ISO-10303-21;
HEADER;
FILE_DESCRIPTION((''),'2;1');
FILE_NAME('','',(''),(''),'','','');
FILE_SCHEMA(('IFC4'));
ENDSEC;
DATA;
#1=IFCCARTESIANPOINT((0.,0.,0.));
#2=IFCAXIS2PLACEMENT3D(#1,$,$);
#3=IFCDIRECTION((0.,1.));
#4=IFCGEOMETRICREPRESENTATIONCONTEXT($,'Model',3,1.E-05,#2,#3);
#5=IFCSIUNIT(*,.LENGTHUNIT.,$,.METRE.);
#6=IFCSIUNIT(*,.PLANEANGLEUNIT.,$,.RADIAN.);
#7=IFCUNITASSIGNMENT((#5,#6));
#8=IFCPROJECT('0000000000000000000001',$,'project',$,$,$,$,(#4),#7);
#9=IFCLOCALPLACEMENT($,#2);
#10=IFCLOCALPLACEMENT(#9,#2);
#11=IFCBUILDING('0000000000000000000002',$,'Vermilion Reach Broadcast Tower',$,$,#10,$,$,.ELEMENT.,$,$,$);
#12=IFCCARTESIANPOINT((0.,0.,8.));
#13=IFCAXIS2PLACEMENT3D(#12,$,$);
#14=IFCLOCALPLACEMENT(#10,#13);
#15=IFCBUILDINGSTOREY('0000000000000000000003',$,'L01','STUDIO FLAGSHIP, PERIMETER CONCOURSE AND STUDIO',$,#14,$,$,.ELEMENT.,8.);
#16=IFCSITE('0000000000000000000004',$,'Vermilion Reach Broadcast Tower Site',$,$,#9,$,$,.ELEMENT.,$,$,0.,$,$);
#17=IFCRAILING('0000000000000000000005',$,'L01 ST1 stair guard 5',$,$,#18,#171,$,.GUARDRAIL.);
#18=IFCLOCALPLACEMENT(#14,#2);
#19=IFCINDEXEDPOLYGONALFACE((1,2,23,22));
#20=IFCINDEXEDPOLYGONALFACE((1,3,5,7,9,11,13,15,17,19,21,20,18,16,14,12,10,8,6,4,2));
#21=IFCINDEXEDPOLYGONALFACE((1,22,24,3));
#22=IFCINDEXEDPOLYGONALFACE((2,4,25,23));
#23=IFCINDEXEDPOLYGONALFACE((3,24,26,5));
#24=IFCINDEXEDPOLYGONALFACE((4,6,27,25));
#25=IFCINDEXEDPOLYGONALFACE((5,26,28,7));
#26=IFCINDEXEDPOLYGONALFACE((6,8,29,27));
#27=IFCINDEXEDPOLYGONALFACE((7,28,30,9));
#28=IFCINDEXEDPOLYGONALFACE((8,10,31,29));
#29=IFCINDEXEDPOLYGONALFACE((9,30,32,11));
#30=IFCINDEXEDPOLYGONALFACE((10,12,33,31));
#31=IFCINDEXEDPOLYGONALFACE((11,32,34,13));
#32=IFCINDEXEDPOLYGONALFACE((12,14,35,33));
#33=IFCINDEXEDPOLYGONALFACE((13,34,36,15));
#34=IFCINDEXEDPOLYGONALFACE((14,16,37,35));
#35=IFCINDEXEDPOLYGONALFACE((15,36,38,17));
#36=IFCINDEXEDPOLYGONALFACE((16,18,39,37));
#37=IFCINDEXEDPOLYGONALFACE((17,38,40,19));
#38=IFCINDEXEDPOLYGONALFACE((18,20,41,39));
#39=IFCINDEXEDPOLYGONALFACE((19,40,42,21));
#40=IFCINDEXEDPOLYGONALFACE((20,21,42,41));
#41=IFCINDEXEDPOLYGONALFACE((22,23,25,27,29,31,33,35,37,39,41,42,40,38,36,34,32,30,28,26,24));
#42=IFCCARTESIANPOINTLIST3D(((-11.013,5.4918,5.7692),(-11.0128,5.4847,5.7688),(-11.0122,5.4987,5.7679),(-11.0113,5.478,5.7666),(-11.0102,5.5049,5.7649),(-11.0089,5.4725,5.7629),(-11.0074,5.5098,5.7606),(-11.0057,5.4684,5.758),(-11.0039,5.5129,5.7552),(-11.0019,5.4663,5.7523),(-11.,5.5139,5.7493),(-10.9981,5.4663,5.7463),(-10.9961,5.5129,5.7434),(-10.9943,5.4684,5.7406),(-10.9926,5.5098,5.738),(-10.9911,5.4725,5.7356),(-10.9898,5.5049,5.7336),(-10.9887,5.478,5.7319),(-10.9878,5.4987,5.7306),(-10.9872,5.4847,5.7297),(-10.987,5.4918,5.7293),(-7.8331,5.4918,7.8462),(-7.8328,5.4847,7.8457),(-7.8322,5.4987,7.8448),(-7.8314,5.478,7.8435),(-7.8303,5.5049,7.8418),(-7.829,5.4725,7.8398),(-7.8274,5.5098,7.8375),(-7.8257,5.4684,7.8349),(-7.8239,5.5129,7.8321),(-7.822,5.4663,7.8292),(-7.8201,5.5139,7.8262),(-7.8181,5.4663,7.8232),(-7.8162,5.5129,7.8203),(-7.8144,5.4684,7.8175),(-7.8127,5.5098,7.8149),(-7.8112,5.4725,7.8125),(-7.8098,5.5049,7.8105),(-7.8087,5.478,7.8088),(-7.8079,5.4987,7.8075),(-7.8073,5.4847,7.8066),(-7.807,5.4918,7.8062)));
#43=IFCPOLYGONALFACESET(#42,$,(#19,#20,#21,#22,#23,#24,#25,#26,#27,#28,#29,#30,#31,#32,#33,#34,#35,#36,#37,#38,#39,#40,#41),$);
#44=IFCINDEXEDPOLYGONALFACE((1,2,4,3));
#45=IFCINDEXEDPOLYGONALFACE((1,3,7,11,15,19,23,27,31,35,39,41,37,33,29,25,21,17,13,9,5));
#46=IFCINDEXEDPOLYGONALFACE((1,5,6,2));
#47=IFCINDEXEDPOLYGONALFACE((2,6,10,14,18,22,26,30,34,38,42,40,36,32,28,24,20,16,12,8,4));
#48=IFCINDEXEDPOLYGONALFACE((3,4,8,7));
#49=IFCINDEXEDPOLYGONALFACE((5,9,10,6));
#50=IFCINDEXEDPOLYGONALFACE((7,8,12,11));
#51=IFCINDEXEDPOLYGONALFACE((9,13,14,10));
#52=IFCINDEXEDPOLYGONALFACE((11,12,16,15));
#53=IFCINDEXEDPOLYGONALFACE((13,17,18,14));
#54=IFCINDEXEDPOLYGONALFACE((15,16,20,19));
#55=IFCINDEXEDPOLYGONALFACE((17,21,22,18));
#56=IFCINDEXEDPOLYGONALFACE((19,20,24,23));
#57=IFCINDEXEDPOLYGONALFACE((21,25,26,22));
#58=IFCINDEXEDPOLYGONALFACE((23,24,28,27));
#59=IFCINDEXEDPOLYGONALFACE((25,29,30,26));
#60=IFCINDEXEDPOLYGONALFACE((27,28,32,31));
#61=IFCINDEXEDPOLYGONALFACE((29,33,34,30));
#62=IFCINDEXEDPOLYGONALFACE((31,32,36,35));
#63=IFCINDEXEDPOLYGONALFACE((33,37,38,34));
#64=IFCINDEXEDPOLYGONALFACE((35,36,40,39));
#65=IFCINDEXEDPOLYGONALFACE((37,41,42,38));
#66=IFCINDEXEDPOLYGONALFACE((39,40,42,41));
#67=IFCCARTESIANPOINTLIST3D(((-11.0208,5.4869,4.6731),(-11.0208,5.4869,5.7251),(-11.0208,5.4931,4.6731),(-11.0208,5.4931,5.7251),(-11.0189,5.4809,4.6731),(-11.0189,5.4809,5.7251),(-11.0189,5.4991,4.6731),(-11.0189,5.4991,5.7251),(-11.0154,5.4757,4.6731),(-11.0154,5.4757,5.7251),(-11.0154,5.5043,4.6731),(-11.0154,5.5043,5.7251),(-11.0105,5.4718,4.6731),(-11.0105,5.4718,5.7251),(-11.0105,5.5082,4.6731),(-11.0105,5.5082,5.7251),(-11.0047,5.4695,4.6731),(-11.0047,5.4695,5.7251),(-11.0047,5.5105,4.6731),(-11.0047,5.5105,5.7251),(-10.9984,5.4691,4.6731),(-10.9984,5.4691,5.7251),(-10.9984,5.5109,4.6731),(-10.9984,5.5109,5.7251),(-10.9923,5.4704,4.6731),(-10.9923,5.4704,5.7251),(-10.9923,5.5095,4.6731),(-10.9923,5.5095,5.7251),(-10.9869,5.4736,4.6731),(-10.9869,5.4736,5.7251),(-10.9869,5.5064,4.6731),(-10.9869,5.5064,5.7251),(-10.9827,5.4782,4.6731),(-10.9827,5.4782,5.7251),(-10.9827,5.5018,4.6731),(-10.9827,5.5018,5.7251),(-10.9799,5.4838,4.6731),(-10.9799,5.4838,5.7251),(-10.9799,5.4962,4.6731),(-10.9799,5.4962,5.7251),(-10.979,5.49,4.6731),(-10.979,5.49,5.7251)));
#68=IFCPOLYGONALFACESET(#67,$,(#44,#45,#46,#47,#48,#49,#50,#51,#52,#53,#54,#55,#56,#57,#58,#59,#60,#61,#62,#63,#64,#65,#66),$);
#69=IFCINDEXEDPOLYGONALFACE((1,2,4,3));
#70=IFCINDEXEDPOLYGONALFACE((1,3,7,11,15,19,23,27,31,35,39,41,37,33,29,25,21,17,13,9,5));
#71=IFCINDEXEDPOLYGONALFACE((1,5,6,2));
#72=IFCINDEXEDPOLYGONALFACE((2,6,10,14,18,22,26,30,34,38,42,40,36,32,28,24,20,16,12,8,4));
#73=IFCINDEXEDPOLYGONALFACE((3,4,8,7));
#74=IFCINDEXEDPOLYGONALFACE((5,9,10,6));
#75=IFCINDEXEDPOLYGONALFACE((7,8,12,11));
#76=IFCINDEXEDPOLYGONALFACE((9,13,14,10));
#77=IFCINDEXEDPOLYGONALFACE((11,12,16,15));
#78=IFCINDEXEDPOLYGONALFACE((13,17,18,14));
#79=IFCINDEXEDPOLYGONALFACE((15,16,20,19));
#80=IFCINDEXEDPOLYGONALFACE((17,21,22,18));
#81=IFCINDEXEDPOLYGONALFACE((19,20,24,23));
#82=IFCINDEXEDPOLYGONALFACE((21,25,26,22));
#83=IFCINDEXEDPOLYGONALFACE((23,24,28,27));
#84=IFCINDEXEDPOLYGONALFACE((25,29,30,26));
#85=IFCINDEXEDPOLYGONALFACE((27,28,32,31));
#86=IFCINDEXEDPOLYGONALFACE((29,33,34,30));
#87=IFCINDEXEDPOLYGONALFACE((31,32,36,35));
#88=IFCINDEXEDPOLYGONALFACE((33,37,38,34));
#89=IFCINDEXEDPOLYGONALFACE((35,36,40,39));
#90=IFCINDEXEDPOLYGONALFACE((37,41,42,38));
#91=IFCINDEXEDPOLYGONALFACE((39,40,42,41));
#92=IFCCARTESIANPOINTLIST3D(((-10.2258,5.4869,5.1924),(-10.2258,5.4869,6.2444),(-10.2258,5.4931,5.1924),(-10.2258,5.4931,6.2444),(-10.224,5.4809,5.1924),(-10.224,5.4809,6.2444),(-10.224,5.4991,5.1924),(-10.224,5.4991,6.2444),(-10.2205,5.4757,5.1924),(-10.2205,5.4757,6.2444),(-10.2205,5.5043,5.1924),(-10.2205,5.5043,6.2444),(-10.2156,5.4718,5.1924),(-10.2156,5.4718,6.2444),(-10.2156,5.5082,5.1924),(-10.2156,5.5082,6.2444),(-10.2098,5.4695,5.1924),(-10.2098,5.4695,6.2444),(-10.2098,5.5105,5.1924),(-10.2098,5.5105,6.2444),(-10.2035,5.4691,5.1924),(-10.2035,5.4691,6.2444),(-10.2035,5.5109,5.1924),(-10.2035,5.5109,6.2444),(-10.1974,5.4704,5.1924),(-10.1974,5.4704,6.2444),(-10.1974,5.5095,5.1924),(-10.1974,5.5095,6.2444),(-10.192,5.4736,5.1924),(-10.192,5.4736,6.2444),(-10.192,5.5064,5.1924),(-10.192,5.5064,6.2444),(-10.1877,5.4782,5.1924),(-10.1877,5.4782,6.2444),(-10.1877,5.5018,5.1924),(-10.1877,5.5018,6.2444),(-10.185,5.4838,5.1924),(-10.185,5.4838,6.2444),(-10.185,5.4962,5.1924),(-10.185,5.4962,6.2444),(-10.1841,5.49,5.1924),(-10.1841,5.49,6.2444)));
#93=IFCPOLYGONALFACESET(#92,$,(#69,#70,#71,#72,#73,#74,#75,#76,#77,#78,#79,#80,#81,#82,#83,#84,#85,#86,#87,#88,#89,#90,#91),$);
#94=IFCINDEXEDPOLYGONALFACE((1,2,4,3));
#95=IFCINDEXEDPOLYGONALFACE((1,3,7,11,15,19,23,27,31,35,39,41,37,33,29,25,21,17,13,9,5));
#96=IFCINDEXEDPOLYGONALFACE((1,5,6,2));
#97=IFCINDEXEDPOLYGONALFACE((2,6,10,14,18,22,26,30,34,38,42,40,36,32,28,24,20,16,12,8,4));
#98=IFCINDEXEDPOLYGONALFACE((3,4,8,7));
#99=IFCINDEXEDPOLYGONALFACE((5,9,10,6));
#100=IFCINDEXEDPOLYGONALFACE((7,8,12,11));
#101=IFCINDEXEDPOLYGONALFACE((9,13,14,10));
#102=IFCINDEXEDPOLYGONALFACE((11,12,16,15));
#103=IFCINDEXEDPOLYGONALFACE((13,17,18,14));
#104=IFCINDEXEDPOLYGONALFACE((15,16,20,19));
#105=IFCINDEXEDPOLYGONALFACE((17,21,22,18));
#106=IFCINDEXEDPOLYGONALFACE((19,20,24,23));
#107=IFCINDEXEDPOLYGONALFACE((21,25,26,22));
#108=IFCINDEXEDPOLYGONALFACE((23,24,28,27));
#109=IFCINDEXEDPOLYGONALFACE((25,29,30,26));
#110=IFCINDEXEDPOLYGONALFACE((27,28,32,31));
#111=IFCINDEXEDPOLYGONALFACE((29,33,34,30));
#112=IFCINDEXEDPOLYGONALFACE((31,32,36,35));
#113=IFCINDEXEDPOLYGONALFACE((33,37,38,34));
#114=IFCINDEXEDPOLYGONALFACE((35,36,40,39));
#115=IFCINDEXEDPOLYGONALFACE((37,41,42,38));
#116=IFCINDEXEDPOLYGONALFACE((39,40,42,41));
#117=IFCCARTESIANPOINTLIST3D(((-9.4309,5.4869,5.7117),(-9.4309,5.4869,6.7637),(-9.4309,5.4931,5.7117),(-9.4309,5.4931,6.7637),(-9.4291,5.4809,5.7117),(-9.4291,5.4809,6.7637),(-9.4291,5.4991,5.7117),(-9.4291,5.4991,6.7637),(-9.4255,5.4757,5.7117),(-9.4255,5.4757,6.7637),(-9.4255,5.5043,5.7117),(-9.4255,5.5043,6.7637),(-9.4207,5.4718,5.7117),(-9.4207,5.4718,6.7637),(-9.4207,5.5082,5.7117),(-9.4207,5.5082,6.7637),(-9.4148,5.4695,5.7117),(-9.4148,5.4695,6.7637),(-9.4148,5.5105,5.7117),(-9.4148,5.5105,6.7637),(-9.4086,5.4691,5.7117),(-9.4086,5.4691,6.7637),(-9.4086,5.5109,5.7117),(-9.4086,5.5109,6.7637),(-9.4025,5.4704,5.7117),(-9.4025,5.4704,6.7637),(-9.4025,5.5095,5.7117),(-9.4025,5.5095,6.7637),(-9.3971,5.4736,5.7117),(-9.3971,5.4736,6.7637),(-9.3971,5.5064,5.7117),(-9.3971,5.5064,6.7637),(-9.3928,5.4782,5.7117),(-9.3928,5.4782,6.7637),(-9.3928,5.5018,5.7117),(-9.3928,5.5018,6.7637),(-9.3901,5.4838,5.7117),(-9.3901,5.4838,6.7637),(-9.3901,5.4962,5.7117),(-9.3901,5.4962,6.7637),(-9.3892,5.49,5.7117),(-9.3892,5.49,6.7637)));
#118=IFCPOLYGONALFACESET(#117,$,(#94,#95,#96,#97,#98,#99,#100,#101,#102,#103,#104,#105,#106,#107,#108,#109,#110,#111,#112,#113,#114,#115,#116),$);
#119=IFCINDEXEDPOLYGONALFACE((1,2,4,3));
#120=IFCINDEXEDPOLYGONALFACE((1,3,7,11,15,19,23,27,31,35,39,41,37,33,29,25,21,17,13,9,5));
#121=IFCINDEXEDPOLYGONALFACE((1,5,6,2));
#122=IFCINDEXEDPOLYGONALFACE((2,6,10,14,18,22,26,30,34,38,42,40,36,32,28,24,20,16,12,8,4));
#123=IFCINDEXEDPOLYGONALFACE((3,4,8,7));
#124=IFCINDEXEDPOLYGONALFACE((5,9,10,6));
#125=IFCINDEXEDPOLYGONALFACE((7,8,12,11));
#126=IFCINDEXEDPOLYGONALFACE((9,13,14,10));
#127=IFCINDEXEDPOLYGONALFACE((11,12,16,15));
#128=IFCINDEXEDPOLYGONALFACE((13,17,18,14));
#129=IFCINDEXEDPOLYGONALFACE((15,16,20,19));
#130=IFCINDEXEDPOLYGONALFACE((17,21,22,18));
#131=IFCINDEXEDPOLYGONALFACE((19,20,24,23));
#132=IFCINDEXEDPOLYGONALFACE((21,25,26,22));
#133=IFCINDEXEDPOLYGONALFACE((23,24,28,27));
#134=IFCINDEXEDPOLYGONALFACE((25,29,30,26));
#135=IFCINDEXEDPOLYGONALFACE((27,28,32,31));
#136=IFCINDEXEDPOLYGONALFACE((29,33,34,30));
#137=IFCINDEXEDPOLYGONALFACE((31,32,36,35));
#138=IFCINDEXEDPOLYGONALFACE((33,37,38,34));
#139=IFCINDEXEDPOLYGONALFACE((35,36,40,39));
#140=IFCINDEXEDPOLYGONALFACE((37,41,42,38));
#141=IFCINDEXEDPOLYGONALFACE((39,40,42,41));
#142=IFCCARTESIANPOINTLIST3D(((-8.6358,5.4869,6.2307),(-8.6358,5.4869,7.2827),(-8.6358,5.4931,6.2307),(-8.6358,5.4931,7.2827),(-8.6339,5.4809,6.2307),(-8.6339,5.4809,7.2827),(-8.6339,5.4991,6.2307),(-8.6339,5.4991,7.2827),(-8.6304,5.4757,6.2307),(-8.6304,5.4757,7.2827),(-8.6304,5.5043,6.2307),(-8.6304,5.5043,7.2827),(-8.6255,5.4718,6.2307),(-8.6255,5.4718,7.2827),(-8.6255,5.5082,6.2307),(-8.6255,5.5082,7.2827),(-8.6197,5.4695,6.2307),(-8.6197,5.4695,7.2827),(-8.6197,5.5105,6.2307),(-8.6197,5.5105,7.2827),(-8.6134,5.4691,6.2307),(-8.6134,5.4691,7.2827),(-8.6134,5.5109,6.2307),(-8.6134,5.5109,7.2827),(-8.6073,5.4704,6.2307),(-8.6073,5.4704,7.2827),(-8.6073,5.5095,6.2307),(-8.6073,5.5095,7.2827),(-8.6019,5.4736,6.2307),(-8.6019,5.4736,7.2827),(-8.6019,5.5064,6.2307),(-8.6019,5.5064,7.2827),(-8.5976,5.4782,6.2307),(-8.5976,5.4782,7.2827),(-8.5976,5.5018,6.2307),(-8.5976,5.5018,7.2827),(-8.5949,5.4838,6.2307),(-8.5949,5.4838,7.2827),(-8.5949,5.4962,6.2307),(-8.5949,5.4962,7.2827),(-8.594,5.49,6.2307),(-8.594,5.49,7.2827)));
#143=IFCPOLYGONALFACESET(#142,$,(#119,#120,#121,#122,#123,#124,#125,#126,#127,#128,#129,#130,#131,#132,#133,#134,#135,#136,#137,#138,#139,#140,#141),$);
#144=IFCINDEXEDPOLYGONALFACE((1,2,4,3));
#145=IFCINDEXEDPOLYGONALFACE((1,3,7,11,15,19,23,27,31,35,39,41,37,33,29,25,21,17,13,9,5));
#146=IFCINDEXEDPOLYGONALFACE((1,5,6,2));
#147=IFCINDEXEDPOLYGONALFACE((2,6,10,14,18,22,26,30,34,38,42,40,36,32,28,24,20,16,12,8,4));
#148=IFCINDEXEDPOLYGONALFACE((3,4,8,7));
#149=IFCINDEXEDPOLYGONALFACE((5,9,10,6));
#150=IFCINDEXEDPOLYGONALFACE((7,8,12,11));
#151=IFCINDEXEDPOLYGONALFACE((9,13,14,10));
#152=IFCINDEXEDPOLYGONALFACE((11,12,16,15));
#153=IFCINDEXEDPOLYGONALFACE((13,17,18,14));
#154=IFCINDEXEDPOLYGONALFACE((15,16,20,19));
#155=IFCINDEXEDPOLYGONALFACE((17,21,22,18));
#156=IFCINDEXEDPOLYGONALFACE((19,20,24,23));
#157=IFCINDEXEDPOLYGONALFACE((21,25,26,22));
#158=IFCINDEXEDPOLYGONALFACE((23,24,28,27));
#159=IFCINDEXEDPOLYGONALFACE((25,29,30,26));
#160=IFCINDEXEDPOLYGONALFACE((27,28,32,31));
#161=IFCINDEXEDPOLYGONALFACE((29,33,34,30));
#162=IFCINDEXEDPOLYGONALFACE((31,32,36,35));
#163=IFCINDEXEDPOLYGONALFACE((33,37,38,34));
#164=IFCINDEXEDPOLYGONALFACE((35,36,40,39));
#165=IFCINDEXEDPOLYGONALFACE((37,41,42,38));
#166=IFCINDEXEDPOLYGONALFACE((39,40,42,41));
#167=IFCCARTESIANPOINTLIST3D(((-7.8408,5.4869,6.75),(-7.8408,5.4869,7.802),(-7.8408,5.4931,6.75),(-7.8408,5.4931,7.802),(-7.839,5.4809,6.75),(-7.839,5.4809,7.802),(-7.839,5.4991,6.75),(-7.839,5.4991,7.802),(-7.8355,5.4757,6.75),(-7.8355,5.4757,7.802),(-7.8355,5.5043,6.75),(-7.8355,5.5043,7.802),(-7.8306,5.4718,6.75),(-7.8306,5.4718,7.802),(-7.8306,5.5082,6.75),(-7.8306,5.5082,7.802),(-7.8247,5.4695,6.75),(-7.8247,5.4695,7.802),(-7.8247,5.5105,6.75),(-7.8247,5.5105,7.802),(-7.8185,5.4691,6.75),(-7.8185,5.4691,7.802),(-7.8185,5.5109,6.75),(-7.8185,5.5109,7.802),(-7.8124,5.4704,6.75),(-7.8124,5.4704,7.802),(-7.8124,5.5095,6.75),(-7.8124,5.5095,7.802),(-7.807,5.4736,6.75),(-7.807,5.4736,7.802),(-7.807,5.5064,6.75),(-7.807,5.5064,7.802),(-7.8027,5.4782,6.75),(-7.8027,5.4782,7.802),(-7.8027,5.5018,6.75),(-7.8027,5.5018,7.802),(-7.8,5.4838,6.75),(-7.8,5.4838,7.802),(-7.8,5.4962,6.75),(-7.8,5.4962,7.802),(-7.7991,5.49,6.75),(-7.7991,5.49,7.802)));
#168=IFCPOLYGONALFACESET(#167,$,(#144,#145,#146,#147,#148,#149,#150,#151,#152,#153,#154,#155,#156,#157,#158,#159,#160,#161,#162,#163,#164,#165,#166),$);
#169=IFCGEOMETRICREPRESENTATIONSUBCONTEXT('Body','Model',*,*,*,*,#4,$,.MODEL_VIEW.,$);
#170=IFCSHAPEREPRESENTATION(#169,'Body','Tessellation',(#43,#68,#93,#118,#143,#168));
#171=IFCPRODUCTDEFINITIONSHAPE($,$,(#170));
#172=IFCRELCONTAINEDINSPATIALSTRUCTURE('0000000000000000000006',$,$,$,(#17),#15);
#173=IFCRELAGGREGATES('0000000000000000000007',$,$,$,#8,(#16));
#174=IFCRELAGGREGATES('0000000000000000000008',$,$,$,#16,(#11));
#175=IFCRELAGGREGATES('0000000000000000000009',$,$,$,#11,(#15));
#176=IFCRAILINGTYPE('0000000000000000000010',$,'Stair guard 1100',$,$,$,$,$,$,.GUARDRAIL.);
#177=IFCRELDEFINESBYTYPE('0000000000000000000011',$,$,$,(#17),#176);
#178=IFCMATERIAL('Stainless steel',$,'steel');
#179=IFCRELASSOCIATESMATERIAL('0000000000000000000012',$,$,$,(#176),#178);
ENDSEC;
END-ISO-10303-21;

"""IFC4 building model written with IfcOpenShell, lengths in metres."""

from ifc_helpers import new_model, si_unit, direction, frame, origin, origin_2d, place, context, subcontext, project, spatial, circle, extrude, material, type_object, element, save


model = new_model("IFC4")

# Units and contexts
model_context = context("Model", 3, precision=1e-05, world=origin(), true_north=direction((0.0, 1.0)))
body_context = subcontext(model_context, "Body", "Model", "MODEL_VIEW")
ifc_project = project(units=[si_unit("LENGTHUNIT", "METRE"), si_unit("PLANEANGLEUNIT", "RADIAN")], contexts=[model_context])

# Site, building, storey
site_placement = place(None, origin())
site = spatial("IfcSite", under=ifc_project, at=site_placement, Name="Vermilion Reach Broadcast Tower Site", CompositionType="ELEMENT", RefElevation=0.0)
building_placement = place(site_placement, origin())
building = spatial("IfcBuilding", under=site, at=building_placement, Name="Vermilion Reach Broadcast Tower", CompositionType="ELEMENT")
storey_placement = place(building_placement, frame((0.0, 0.0, 8.0)))
storey = spatial("IfcBuildingStorey", under=building, at=storey_placement, Name="L01", Description="STUDIO FLAGSHIP, PERIMETER CONCOURSE AND STUDIO", CompositionType="ELEMENT", Elevation=8.0)

# Railing
ifc_material_1 = material(Name="Stainless steel", Category="steel")
railing_type_1 = type_object("IfcRailingType", Name="Stair guard 1100", PredefinedType="GUARDRAIL", material=ifc_material_1)
railing_1_placement = place(storey_placement, frame((-11.0, 5.49, 4.6731)))
element("IfcRailing", 1, at=railing_1_placement, inside=storey, type_object=railing_type_1, Name="L01 ST1 stair guard 5", PredefinedType="GUARDRAIL", context=body_context, shape_type="SweptSolid", body=[
    extrude(circle(Radius=0.0239, at=origin_2d()), frame((0.0, 0.0, 1.0762), z_axis=(0.837245, 0.0, 0.546828), x_axis=(0.0, 1.0, 0.0)), (0.0, 0.0, 1.0), 3.7981),
    extrude(circle(Radius=0.021, at=origin_2d()), origin(), (0.0, 0.0, 1.0), 1.052),
    extrude(circle(Radius=0.021, at=origin_2d()), frame((0.7949, 0.0, 0.5193)), (0.0, 0.0, 1.0), 1.052),
    extrude(circle(Radius=0.021, at=origin_2d()), frame((1.5898, 0.0, 1.0386)), (0.0, 0.0, 1.0), 1.052),
    extrude(circle(Radius=0.021, at=origin_2d()), frame((2.385, 0.0, 1.5576)), (0.0, 0.0, 1.0), 1.052),
    extrude(circle(Radius=0.021, at=origin_2d()), frame((3.1799, 0.0, 2.0769)), (0.0, 0.0, 1.0), 1.052),
])

save(model, "model.ifc")
